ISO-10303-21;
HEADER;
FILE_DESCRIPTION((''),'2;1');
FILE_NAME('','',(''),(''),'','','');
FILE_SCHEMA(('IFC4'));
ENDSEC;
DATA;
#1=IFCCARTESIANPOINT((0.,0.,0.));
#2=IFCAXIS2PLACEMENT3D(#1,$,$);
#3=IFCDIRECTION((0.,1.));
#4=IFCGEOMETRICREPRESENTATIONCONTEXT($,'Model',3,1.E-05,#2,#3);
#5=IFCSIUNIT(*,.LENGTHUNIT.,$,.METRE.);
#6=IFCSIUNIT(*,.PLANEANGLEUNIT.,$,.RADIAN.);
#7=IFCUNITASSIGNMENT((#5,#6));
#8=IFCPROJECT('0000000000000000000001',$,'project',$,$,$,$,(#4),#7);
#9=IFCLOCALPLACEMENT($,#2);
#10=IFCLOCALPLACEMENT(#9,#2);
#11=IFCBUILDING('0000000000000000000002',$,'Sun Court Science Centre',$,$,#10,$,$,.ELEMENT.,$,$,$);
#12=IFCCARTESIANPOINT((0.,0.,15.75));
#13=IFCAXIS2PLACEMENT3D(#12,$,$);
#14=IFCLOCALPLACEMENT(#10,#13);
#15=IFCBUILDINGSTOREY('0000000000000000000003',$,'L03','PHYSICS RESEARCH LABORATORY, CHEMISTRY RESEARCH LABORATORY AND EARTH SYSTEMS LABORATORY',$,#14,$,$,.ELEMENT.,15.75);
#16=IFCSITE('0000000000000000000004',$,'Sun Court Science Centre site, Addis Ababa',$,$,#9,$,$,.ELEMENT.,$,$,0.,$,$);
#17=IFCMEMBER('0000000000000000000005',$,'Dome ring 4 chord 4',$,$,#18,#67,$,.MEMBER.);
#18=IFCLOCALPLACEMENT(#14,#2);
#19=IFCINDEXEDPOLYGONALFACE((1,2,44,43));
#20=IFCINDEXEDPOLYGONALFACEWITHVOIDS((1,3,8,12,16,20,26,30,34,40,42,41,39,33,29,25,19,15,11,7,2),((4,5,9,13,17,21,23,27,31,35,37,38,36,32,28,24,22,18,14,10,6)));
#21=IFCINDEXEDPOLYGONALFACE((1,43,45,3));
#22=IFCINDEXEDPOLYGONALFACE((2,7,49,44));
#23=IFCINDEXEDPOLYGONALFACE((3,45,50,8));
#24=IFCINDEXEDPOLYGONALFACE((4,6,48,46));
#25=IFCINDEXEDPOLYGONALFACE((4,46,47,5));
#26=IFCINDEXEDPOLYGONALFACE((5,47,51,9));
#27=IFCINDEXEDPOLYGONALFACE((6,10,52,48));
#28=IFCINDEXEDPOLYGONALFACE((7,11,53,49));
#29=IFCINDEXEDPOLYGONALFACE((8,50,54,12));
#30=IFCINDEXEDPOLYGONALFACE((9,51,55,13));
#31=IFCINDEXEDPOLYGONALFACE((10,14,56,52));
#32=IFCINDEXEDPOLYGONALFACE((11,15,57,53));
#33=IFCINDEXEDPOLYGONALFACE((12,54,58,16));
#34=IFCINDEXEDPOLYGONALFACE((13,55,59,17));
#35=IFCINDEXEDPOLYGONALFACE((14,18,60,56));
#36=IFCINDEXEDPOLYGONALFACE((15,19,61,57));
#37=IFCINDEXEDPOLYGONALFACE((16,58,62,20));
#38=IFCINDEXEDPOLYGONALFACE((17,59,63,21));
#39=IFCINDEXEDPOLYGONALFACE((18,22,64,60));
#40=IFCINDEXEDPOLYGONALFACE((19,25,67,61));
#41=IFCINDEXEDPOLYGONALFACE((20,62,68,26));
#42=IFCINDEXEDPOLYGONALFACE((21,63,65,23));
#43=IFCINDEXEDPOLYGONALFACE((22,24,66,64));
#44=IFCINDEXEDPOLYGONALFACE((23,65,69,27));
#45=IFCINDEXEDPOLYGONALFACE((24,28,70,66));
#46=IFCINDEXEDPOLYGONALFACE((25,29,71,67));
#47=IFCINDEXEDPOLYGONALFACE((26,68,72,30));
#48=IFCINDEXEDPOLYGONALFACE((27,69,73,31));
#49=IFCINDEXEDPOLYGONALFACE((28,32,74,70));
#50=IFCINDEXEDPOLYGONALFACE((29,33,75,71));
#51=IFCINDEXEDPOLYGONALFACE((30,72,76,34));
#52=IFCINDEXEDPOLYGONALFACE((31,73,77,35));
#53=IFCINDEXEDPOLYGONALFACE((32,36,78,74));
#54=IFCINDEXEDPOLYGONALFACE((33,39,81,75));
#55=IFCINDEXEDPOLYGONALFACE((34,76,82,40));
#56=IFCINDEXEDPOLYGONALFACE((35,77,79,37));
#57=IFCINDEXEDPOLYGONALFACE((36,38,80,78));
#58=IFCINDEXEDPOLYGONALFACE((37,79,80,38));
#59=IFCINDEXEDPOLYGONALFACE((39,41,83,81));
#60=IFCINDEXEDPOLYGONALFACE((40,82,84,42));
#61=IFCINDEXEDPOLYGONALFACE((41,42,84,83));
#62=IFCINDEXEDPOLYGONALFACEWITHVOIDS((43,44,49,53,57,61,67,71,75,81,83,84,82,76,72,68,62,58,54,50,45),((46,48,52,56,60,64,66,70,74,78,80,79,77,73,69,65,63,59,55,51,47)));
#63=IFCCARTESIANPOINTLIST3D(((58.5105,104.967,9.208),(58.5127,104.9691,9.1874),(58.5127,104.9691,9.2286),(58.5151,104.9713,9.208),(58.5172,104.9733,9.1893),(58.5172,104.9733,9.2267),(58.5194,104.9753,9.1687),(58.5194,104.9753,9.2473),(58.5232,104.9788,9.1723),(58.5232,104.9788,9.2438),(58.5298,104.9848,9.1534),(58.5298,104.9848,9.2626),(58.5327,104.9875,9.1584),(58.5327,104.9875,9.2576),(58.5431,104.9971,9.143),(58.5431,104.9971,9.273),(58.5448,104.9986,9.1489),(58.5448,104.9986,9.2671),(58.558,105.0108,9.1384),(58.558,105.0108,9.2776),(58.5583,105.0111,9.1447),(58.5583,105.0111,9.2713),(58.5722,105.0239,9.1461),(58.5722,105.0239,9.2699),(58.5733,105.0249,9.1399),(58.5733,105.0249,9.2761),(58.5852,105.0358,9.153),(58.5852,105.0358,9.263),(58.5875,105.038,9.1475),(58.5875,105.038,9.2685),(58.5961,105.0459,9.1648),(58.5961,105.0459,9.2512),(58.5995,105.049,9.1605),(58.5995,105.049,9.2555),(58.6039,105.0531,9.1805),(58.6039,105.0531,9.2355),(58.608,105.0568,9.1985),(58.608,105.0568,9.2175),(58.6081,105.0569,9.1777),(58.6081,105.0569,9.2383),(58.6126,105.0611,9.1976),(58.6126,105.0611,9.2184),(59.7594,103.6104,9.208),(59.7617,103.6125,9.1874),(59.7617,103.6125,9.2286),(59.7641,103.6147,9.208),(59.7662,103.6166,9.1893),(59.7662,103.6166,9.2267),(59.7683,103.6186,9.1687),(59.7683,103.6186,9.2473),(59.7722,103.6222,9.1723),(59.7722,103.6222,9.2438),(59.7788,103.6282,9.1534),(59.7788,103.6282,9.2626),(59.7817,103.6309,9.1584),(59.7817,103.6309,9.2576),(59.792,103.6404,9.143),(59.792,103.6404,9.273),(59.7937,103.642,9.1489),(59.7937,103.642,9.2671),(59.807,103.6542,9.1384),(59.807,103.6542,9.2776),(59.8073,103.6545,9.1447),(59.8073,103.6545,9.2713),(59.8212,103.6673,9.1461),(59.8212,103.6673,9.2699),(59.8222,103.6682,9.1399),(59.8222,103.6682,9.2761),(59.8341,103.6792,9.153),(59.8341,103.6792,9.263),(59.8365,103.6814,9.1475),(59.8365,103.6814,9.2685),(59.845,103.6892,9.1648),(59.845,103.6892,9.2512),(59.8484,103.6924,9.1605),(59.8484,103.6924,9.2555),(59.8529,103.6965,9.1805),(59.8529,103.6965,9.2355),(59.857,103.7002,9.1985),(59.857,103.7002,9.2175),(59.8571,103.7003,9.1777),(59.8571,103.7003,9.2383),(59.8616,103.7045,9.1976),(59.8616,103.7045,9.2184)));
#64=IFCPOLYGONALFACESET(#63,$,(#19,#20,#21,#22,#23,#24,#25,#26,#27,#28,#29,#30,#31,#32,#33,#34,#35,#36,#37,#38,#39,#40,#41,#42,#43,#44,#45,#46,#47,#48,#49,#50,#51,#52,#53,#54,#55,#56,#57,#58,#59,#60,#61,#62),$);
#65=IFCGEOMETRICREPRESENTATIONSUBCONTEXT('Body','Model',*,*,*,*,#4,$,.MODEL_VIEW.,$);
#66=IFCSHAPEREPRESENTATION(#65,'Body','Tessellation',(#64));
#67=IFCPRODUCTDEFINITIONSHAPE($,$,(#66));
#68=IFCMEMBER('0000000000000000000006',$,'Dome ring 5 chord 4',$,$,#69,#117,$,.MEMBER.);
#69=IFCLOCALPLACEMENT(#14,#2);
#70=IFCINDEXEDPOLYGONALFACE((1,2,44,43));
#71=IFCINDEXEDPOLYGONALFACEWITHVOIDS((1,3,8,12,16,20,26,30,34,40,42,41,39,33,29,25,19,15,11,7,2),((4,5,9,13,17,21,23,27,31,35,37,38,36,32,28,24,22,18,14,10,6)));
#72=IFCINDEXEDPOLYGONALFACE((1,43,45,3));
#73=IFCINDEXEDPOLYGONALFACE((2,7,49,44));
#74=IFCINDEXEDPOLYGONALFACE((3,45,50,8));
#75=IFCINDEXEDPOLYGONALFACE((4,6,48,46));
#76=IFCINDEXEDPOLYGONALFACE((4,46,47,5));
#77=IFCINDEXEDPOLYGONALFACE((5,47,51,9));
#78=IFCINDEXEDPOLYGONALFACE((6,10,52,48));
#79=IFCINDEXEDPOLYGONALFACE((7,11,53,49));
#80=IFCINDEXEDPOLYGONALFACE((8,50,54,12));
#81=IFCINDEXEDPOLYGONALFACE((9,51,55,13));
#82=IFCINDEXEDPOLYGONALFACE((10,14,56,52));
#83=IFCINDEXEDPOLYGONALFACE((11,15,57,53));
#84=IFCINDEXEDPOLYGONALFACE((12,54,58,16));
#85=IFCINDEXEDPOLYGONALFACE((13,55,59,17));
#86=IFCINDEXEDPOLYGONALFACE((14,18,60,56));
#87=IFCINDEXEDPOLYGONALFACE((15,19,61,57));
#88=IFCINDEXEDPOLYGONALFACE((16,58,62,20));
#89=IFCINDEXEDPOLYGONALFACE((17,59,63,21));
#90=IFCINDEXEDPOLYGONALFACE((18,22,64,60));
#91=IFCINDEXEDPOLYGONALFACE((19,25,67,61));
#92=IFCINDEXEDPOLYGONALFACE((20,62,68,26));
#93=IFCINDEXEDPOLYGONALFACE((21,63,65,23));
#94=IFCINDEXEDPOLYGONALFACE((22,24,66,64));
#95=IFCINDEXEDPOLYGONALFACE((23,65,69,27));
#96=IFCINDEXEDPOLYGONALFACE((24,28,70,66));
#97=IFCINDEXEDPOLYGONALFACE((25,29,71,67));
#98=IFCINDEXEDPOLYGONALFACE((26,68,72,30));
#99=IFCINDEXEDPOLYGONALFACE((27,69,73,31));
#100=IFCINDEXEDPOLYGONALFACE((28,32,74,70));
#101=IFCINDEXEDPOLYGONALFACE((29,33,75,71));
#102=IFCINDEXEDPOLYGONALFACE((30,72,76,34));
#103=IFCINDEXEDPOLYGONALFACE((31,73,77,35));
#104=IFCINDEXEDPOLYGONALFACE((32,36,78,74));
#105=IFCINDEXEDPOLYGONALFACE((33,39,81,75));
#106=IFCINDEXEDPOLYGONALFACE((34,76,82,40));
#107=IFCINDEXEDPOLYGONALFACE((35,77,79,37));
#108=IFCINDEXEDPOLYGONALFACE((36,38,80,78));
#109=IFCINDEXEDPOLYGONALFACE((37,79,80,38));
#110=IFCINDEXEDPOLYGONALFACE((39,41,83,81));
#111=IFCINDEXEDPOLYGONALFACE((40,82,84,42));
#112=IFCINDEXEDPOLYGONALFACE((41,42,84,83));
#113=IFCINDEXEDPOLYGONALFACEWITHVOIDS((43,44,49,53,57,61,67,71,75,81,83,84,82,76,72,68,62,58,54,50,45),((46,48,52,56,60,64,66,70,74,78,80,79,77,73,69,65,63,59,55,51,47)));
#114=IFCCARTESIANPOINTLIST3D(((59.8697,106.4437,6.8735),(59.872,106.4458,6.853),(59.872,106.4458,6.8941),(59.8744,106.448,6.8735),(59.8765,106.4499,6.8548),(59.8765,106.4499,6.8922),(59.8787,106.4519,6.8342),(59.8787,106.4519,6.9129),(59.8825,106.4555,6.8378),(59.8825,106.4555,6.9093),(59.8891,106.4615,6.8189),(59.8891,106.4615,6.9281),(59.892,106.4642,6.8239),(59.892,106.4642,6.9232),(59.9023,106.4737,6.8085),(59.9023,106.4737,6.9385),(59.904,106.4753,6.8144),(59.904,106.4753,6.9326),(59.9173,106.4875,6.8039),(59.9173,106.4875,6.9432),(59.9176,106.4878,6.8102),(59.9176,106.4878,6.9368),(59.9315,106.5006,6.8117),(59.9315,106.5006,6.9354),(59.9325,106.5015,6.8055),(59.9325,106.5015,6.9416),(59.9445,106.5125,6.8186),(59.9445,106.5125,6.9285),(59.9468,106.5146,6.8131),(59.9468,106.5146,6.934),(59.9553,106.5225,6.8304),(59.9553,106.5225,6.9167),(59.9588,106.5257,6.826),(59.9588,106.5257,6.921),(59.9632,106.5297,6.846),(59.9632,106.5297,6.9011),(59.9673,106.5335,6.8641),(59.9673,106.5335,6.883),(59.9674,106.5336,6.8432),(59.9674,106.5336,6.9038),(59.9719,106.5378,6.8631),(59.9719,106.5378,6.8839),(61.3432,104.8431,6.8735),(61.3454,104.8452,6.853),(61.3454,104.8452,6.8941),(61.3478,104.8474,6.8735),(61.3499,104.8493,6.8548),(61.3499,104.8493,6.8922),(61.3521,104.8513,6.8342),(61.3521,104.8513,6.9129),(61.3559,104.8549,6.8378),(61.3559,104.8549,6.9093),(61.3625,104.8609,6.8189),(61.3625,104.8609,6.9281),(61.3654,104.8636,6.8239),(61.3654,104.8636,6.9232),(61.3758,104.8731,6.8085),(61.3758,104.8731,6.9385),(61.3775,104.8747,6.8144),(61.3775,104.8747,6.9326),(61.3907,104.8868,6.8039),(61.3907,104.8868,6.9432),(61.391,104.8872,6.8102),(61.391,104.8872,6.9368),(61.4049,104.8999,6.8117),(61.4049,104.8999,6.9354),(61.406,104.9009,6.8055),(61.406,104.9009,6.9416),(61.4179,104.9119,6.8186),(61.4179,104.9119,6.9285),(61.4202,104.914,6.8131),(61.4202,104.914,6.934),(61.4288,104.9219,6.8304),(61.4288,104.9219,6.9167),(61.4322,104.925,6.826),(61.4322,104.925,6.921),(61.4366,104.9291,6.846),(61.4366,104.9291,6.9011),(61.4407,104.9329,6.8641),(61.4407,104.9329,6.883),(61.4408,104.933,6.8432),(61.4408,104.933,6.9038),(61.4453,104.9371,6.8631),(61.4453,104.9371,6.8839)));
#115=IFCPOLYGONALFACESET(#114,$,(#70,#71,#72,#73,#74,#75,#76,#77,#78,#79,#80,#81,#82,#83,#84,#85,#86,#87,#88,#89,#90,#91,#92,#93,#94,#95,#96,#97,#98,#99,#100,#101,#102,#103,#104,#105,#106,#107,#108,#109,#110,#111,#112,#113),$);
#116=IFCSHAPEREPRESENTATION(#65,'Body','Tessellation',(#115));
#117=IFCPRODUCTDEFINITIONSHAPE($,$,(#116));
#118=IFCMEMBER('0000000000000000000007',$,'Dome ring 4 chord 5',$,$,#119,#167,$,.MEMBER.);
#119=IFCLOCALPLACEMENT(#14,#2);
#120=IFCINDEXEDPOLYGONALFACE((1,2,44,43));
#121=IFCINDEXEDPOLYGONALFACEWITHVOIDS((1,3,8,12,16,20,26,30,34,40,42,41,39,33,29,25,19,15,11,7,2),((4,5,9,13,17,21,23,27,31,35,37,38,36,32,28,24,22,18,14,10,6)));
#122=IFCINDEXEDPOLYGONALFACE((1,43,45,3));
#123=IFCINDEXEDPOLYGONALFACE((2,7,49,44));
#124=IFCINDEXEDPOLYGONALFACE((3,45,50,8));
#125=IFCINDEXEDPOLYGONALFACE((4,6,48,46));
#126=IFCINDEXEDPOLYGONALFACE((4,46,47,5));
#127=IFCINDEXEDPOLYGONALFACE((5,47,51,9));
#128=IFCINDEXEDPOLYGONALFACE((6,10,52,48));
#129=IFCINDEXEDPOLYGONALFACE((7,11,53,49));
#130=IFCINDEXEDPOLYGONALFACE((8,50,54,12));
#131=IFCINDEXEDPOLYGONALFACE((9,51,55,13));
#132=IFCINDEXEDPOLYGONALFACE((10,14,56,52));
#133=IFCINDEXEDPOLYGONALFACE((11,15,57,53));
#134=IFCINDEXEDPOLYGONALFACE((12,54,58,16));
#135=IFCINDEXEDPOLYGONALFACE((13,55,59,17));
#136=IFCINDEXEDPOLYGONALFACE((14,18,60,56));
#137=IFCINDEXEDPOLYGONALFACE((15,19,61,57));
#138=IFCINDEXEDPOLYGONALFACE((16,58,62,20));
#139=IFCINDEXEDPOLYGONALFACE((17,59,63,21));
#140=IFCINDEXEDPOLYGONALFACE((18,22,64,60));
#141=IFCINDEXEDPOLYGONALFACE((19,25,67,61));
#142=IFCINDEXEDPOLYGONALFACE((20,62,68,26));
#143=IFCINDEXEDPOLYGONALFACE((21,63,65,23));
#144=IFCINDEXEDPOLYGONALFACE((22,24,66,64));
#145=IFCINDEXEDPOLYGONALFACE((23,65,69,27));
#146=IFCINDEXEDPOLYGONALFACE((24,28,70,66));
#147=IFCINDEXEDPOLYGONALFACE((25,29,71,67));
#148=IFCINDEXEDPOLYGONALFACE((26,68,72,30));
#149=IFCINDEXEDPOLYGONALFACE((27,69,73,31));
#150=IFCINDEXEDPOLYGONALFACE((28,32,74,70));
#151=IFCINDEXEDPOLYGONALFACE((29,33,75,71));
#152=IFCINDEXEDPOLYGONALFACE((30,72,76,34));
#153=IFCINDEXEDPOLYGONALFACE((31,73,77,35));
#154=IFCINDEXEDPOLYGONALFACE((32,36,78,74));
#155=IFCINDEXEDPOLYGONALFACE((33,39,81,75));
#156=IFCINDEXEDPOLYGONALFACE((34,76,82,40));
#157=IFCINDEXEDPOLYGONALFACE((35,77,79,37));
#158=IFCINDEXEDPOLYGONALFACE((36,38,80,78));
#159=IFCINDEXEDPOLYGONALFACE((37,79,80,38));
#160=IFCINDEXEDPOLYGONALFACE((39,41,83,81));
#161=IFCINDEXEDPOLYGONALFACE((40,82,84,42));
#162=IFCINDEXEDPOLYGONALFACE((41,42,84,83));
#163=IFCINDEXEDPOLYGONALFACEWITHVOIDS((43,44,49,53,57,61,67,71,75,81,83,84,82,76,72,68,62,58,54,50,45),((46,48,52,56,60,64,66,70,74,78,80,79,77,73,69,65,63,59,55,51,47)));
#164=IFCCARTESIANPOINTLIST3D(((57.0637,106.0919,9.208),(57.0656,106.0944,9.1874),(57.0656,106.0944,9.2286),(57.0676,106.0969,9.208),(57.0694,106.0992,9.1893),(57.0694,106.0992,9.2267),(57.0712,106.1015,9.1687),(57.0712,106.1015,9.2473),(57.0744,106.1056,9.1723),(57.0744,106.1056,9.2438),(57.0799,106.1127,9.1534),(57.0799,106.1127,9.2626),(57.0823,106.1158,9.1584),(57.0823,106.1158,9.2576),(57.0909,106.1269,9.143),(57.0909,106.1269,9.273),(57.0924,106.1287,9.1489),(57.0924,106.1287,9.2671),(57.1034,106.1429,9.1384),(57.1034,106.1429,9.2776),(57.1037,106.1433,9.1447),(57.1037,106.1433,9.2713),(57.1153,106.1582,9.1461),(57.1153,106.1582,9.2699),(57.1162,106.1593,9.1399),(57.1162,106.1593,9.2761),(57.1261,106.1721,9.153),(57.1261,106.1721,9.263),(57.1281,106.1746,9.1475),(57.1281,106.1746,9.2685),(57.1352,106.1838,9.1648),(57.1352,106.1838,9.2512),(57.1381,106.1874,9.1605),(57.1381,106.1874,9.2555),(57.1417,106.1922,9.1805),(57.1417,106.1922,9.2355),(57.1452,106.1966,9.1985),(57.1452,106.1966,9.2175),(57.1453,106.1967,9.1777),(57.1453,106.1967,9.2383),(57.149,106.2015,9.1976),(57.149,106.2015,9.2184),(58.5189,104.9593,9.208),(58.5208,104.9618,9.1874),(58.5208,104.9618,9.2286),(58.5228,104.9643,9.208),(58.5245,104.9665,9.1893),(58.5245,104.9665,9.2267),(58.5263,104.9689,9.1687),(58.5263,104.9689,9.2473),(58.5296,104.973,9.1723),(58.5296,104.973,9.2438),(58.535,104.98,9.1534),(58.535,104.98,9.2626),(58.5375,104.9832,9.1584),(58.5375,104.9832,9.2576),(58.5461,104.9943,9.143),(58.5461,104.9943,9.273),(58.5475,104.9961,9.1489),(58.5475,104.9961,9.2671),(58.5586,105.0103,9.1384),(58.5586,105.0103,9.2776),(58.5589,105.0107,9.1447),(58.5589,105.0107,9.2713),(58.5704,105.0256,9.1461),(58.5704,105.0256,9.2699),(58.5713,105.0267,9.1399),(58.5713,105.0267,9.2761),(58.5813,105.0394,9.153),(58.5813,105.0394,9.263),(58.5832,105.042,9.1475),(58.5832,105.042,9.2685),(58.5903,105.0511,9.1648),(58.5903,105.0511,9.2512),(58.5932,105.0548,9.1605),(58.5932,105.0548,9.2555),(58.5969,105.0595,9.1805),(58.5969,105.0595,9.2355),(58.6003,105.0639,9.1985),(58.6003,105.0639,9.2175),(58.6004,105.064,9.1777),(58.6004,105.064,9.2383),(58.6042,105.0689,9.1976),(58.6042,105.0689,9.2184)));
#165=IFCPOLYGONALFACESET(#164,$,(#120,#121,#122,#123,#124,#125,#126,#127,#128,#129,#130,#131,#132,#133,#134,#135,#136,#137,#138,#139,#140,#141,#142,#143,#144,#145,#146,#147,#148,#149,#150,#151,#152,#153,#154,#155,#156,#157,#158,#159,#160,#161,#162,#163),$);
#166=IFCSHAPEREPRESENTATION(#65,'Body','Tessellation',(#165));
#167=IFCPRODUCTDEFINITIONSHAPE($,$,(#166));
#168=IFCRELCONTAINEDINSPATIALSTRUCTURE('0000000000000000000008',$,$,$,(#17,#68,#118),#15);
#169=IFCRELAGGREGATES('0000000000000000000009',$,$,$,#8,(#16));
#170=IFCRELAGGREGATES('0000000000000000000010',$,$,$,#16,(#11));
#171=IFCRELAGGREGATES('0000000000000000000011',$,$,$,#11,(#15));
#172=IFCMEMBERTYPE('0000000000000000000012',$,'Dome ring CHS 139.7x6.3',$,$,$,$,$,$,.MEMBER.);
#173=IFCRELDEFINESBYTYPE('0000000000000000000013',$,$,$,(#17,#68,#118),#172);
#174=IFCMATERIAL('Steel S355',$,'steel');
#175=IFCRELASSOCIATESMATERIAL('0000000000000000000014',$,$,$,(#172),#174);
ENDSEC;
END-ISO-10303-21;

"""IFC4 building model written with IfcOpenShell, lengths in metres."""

from ifc_helpers import new_model, si_unit, direction, frame, origin, origin_2d, place, context, subcontext, project, spatial, hollow_circle, extrude, material, material_profile, profile_set, type_object, element, save


model = new_model("IFC4")

# Units and contexts
model_context = context("Model", 3, precision=1e-05, world=origin(), true_north=direction((0.0, 1.0)))
body_context = subcontext(model_context, "Body", "Model", "MODEL_VIEW")
ifc_project = project(units=[si_unit("LENGTHUNIT", "METRE"), si_unit("PLANEANGLEUNIT", "RADIAN")], contexts=[model_context])

# Site, building, storey
site_placement = place(None, origin())
site = spatial("IfcSite", under=ifc_project, at=site_placement, Name="Sun Court Science Centre site, Addis Ababa", CompositionType="ELEMENT", RefElevation=0.0)
building_placement = place(site_placement, origin())
building = spatial("IfcBuilding", under=site, at=building_placement, Name="Sun Court Science Centre", CompositionType="ELEMENT")
storey_placement = place(building_placement, frame((0.0, 0.0, 15.75)))
storey = spatial("IfcBuildingStorey", under=building, at=storey_placement, Name="L03", Description="PHYSICS RESEARCH LABORATORY, CHEMISTRY RESEARCH LABORATORY AND EARTH SYSTEMS LABORATORY", CompositionType="ELEMENT", Elevation=15.75)

# Members
ifc_material_1 = material(Name="Steel S355", Category="steel")
ifc_material_profile_1 = material_profile(ifc_material_1, hollow_circle(Radius=0.0698, WallThickness=0.0063, at=origin_2d()), Name="CHS 139.7x6.3")
ifc_profile_set_1 = profile_set([ifc_material_profile_1], Name="Steel S355")
member_type_1 = type_object("IfcMemberType", Name="Dome ring CHS 139.7x6.3", PredefinedType="MEMBER", material=ifc_profile_set_1)
member_1_placement = place(storey_placement, frame((59.8108, 103.6577, 9.208), z_axis=(-0.677312, 0.735696, 0.0), x_axis=(-0.735696, -0.677312, 0.0)))
element("IfcMember", 1, at=member_1_placement, inside=storey, type_object=member_type_1, Name="Dome ring 4 chord 4", PredefinedType="MEMBER", context=body_context, shape_type="SweptSolid", body=[
    extrude(hollow_circle(Radius=0.0698, WallThickness=0.0063, at=origin_2d()), origin(), (0.0, 0.0, 1.0), 1.844),
])
member_2_placement = place(storey_placement, frame((61.3945, 104.8904, 6.8735), z_axis=(-0.677268, 0.735736, 0.0), x_axis=(-0.735736, -0.677268, 0.0)))
element("IfcMember", 2, at=member_2_placement, inside=storey, type_object=member_type_1, Name="Dome ring 5 chord 4", PredefinedType="MEMBER", context=body_context, shape_type="SweptSolid", body=[
    extrude(hollow_circle(Radius=0.0698, WallThickness=0.0063, at=origin_2d()), origin(), (0.0, 0.0, 1.0), 2.1755),
])
member_3_placement = place(storey_placement, frame((58.5618, 105.0144, 9.208), z_axis=(-0.789131, 0.614225, 0.0), x_axis=(-0.614225, -0.789131, 0.0)))
element("IfcMember", 3, at=member_3_placement, inside=storey, type_object=member_type_1, Name="Dome ring 4 chord 5", PredefinedType="MEMBER", context=body_context, shape_type="SweptSolid", body=[
    extrude(hollow_circle(Radius=0.0698, WallThickness=0.0063, at=origin_2d()), origin(), (0.0, 0.0, 1.0), 1.844),
])

save(model, "model.ifc")
